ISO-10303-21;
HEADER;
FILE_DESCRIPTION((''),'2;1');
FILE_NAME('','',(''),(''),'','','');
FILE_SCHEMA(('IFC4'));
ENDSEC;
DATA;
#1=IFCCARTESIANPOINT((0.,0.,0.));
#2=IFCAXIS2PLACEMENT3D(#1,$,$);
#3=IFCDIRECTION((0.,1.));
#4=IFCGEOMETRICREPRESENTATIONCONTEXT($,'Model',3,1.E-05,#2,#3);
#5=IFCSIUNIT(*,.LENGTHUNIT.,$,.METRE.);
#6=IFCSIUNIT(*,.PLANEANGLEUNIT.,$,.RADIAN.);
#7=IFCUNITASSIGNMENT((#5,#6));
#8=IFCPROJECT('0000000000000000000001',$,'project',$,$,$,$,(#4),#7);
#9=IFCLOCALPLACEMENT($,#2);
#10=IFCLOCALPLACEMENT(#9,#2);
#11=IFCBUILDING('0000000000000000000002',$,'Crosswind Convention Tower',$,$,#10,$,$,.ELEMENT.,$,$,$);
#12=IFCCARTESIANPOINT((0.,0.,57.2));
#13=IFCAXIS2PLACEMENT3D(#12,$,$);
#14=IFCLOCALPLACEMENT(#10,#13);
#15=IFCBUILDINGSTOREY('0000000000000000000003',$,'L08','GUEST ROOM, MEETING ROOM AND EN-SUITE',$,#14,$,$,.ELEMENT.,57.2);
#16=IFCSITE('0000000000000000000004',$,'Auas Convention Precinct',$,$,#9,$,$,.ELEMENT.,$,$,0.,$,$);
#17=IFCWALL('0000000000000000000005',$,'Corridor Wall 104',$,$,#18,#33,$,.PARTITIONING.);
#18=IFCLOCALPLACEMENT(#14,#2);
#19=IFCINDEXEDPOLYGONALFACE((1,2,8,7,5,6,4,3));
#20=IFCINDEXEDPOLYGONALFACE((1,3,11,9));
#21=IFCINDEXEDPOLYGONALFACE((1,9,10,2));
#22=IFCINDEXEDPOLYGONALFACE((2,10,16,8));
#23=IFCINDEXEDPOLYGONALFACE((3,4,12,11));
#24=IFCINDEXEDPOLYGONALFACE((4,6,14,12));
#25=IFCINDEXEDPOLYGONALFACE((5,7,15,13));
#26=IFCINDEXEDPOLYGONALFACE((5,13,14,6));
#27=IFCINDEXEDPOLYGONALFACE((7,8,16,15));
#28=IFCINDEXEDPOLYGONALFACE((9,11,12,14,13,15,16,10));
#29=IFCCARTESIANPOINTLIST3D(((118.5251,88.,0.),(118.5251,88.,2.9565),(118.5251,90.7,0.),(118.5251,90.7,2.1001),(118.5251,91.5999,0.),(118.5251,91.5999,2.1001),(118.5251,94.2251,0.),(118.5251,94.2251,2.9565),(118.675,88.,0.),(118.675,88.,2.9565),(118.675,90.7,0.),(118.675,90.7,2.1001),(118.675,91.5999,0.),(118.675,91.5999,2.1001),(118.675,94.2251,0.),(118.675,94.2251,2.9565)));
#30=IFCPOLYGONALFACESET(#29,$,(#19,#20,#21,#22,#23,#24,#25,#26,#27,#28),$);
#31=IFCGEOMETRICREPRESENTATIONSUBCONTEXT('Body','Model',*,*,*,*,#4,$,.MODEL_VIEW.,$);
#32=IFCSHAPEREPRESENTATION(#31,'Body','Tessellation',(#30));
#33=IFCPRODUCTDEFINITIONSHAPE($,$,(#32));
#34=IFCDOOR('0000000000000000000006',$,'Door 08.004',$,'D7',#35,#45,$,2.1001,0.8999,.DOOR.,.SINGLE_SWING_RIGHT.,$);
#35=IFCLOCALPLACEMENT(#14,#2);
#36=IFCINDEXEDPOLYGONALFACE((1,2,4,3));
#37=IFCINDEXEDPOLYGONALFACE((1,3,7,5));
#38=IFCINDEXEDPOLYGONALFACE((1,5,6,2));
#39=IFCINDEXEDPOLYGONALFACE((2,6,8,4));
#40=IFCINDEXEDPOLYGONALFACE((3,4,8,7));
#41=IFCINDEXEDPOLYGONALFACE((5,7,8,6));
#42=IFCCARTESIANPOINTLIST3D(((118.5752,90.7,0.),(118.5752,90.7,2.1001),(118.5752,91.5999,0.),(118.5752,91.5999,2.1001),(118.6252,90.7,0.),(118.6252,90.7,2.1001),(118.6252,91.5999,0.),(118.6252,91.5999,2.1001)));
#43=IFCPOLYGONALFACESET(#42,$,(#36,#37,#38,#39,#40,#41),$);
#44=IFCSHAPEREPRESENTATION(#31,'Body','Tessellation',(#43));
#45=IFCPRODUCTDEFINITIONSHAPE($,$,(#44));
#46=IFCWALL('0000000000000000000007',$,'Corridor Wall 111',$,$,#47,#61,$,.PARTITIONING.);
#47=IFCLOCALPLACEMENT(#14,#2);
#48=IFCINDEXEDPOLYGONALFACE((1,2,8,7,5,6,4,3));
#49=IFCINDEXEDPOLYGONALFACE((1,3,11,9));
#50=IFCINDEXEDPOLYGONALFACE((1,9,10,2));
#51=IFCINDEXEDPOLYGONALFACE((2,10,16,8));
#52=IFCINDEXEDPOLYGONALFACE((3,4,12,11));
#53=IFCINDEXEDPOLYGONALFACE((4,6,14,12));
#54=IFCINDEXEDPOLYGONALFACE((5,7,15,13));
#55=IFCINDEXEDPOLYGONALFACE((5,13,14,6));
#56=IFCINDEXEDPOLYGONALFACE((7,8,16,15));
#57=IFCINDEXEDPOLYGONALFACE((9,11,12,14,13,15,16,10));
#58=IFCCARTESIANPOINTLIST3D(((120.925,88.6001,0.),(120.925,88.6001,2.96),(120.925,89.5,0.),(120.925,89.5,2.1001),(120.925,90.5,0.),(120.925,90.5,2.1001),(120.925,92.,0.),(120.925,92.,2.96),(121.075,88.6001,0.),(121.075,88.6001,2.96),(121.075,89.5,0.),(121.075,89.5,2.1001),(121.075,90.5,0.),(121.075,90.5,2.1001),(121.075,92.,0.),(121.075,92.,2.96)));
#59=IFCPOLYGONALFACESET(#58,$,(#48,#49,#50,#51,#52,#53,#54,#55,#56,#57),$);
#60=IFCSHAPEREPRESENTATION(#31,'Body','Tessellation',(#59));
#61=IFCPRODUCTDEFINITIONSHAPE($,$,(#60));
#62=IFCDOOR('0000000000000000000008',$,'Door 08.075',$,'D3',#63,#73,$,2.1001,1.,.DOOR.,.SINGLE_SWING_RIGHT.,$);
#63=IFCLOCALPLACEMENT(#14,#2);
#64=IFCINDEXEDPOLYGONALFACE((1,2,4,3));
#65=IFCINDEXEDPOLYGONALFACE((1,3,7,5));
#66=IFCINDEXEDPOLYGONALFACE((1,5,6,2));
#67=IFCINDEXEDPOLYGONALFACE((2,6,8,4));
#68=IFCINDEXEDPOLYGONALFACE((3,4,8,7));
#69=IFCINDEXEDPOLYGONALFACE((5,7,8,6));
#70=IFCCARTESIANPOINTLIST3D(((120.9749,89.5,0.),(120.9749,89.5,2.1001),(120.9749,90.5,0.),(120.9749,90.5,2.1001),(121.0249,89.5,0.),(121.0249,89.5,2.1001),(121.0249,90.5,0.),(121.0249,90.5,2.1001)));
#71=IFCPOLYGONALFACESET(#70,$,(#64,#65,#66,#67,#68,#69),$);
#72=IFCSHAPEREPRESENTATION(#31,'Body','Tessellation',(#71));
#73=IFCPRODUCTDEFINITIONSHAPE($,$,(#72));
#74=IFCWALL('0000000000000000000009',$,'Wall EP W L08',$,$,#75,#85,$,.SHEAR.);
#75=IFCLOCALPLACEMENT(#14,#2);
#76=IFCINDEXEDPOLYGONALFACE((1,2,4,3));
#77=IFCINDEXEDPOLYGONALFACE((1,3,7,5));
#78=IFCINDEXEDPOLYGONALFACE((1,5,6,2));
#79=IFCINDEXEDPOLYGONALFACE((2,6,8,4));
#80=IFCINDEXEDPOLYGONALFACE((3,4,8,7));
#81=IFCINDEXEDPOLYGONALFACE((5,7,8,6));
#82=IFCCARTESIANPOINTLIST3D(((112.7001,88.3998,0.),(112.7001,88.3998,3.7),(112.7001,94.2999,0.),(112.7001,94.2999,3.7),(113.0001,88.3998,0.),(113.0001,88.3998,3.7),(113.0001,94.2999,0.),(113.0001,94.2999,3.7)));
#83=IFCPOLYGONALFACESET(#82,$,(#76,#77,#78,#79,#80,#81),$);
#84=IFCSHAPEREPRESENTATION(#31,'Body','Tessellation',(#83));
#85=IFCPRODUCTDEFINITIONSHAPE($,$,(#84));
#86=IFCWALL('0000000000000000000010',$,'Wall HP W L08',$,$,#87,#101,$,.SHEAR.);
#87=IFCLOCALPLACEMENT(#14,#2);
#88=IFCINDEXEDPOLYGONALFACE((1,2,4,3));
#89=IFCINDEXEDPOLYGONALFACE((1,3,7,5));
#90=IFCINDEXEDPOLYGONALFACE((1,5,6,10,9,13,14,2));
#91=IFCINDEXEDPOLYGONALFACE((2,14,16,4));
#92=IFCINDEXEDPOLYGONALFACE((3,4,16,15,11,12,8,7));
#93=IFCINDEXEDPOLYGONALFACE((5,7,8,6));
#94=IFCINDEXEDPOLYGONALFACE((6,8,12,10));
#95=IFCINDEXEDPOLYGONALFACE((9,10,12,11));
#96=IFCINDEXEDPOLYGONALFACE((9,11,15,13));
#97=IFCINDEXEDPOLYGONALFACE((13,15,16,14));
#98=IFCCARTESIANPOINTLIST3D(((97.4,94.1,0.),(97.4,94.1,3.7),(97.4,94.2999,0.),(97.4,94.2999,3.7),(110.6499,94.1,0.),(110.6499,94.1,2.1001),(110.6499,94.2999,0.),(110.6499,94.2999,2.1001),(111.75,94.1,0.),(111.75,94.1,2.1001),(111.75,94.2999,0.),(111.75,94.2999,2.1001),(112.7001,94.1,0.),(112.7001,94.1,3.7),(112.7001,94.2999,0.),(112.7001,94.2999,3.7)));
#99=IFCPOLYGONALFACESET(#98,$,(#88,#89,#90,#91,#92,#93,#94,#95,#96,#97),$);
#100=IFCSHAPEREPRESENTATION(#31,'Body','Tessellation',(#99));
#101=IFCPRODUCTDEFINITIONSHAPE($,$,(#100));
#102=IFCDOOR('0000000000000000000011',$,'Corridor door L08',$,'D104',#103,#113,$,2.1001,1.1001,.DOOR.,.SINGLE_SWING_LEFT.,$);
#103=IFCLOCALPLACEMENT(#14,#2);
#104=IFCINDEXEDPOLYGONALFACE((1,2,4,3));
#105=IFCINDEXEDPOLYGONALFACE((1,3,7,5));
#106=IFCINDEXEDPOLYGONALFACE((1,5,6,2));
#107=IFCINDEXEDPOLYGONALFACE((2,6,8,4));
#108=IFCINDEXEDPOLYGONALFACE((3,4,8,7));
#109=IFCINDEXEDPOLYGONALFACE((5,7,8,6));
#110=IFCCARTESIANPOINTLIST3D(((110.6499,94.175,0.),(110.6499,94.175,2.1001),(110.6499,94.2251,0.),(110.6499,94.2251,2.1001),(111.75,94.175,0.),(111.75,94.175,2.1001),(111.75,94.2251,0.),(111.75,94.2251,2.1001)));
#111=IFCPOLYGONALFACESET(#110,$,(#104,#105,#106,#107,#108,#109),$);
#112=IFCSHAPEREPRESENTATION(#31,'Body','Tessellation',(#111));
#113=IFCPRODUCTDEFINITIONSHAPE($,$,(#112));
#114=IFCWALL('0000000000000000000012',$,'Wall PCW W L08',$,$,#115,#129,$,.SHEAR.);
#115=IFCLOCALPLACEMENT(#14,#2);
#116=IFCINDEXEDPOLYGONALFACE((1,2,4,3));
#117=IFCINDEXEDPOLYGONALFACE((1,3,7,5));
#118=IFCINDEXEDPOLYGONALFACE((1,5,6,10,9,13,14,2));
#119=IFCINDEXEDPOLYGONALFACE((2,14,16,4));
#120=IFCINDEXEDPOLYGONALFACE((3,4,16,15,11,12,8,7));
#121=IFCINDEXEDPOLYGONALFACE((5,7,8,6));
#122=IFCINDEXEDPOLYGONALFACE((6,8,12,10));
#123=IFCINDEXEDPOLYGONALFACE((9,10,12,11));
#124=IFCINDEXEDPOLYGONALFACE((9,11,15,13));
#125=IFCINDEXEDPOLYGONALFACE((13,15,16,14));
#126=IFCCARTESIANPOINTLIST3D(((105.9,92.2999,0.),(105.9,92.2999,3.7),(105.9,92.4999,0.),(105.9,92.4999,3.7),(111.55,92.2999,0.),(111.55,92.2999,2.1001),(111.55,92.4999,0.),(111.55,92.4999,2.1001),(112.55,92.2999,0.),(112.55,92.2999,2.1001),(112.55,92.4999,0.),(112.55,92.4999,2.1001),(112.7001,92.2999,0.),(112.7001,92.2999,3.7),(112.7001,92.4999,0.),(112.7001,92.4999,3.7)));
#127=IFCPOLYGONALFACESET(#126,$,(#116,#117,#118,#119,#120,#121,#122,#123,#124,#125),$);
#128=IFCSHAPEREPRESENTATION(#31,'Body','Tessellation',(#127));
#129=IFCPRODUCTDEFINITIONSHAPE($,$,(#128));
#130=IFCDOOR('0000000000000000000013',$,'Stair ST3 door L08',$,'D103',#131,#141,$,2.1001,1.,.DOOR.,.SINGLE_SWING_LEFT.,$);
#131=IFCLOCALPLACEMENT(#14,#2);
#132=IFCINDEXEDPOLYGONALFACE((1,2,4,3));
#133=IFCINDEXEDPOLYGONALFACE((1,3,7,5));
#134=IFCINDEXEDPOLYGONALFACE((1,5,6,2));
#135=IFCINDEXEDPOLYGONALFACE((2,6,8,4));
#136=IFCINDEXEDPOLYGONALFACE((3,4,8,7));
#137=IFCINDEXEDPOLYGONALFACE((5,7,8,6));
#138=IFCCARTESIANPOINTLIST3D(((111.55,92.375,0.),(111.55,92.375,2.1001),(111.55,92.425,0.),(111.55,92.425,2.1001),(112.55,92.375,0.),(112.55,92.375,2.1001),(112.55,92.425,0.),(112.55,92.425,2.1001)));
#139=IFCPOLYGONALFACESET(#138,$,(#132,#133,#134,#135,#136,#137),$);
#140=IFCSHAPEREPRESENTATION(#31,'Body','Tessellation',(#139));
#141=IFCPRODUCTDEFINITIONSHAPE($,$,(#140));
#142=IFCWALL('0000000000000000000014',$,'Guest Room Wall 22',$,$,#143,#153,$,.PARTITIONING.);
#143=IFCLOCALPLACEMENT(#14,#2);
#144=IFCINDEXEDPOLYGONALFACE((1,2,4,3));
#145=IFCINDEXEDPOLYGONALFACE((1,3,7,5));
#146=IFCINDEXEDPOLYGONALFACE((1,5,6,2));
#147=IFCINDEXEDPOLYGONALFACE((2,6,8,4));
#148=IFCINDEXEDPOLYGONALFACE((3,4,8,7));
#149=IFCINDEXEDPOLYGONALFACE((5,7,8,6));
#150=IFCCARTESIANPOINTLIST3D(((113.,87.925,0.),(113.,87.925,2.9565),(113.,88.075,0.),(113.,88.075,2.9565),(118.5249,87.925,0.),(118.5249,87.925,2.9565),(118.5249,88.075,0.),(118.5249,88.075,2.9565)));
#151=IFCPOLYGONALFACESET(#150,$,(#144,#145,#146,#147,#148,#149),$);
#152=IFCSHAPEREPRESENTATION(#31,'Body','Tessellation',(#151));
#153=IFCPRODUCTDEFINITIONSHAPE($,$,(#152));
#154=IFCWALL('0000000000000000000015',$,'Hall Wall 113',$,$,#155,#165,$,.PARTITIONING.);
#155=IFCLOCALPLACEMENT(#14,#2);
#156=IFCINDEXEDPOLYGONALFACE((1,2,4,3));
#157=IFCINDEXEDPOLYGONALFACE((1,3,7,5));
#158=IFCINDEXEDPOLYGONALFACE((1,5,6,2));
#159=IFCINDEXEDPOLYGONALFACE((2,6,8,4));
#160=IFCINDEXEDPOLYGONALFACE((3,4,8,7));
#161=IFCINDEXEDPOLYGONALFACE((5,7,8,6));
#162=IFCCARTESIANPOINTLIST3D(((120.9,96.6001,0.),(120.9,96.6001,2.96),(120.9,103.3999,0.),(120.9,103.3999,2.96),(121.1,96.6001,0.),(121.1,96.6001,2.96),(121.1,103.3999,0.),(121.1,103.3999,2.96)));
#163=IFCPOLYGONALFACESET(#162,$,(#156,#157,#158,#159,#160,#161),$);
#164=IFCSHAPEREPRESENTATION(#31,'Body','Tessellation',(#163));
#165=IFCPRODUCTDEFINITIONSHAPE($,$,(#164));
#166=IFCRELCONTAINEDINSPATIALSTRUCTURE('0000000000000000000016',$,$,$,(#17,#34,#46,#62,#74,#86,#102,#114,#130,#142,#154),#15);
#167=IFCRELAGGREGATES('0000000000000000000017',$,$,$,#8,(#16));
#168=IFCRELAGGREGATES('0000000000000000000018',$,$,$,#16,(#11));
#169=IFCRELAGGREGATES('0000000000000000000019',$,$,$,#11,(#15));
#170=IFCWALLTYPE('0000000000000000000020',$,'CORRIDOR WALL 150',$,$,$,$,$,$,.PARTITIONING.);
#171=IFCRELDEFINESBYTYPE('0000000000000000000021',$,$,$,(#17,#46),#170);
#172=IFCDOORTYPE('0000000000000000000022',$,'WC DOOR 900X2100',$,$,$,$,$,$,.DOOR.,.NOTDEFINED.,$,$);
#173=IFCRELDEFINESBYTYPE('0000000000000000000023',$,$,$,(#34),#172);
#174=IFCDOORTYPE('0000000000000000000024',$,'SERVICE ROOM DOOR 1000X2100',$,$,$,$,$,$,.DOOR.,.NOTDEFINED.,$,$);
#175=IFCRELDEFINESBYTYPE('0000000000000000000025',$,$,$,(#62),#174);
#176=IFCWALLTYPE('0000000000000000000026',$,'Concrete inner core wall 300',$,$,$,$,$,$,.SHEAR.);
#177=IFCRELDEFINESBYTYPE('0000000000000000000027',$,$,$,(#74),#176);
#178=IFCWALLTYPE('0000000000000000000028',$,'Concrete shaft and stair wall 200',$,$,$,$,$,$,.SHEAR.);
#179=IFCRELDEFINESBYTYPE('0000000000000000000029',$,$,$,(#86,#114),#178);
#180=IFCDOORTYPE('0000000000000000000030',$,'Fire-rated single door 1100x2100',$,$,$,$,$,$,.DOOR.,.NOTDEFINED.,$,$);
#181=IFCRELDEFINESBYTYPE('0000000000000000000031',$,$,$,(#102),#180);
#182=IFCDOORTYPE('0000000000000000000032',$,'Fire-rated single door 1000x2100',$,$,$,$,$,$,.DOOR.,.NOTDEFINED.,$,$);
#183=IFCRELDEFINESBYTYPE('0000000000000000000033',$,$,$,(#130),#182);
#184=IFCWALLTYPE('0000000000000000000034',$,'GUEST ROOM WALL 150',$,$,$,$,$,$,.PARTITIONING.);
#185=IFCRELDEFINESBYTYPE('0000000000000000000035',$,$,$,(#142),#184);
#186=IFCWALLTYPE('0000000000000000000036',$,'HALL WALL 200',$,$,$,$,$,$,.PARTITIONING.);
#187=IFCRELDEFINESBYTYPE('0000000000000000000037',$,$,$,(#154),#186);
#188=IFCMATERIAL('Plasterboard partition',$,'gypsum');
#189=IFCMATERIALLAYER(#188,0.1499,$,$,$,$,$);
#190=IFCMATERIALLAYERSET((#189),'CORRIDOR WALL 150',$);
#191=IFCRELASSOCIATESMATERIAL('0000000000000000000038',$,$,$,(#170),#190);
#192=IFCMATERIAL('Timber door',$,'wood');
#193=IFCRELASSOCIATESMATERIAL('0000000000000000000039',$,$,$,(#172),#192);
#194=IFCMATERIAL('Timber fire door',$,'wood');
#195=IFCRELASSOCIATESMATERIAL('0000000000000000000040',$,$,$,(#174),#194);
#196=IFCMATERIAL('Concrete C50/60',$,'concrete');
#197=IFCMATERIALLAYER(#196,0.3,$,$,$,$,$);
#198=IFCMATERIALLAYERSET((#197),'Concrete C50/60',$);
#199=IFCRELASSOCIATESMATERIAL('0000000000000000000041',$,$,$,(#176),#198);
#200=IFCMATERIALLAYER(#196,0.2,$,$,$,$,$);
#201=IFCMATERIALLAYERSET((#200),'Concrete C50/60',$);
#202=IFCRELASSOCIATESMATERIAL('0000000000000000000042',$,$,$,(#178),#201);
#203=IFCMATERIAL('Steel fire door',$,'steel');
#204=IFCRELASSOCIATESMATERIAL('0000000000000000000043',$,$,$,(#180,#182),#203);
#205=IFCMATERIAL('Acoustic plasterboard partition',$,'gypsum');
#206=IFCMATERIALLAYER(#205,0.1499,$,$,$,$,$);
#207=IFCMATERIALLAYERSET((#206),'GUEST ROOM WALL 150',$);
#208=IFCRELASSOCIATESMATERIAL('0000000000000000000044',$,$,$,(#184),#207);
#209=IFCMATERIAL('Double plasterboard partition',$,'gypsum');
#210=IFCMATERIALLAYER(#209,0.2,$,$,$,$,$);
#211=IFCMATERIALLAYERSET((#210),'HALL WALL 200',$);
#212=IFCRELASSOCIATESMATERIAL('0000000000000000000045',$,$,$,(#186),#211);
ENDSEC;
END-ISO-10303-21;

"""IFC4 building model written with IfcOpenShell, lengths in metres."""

from ifc_helpers import new_model, si_unit, direction, frame, frame_2d, origin, place, context, subcontext, project, spatial, rectangle, extrude, material, layer, layer_set, type_object, element, fill, save


model = new_model("IFC4")

# Units and contexts
model_context = context("Model", 3, precision=1e-05, world=origin(), true_north=direction((0.0, 1.0)))
body_context = subcontext(model_context, "Body", "Model", "MODEL_VIEW")
ifc_project = project(units=[si_unit("LENGTHUNIT", "METRE"), si_unit("PLANEANGLEUNIT", "RADIAN")], contexts=[model_context])

# Site, building, storey
site_placement = place(None, origin())
site = spatial("IfcSite", under=ifc_project, at=site_placement, Name="Auas Convention Precinct", CompositionType="ELEMENT", RefElevation=0.0)
building_placement = place(site_placement, origin())
building = spatial("IfcBuilding", under=site, at=building_placement, Name="Crosswind Convention Tower", CompositionType="ELEMENT")
storey_placement = place(building_placement, frame((0.0, 0.0, 57.2)))
storey = spatial("IfcBuildingStorey", under=building, at=storey_placement, Name="L08", Description="GUEST ROOM, MEETING ROOM AND EN-SUITE", CompositionType="ELEMENT", Elevation=57.2)

# Shared definitions
ifc_material_1 = material(Name="Steel fire door", Category="steel")

# Shared definitions
ifc_material_2 = material(Name="Plasterboard partition", Category="gypsum")
ifc_layer_1 = layer(ifc_material_2, 0.1499)
ifc_layer_set_1 = layer_set([ifc_layer_1], Name="CORRIDOR WALL 150")
wall_type_1 = type_object("IfcWallType", Name="CORRIDOR WALL 150", PredefinedType="PARTITIONING", material=ifc_layer_set_1)

# Walls, openings, doors
wall_1_placement = place(storey_placement, frame((118.6001, 88.0, 0.0), z_axis=(0.0, 0.0, 1.0), x_axis=(0.0, 1.0, 0.0)))
wall_1 = element("IfcWall", 1, at=wall_1_placement, inside=storey, type_object=wall_type_1, Name="Corridor Wall 104", PredefinedType="PARTITIONING", context=body_context, shape_type="SweptSolid", body=[
    extrude(rectangle(XDim=6.2251, YDim=0.1499, at=frame_2d((3.1125, 0.0))), origin(), (0.0, 0.0, 1.0), 2.9565),
])
opening_1_placement = place(wall_1_placement, frame((2.7, 0.0, 0.0)))
opening_1 = element("IfcOpeningElement", 2, at=opening_1_placement, cuts=wall_1, PredefinedType="OPENING", context=body_context, shape_type="SweptSolid", body=[
    extrude(rectangle(XDim=0.8999, YDim=2.1001, at=frame_2d((0.45, 1.05))), frame((0.0, 0.085, 0.0), z_axis=(0.0, -1.0, 0.0), x_axis=(1.0, 0.0, 0.0)), (0.0, 0.0, 1.0), 0.1699),
])
ifc_material_3 = material(Name="Timber door", Category="wood")
door_type_1 = type_object("IfcDoorType", Name="WC DOOR 900X2100", OperationType="NOTDEFINED", PredefinedType="DOOR", material=ifc_material_3)
door_1_placement = place(opening_1_placement, origin())
door_1 = element("IfcDoor", 3, at=door_1_placement, inside=storey, type_object=door_type_1, Name="Door 08.004", ObjectType="D7", OperationType="SINGLE_SWING_RIGHT", OverallHeight=2.1001, OverallWidth=0.8999, PredefinedType="DOOR", context=body_context, shape_type="SweptSolid", body=[
    extrude(rectangle(XDim=0.8999, YDim=2.1001, at=frame_2d((0.45, 1.05))), frame((0.0, 0.0249, 0.0), z_axis=(0.0, -1.0, 0.0), x_axis=(1.0, 0.0, 0.0)), (0.0, 0.0, 1.0), 0.05),
])
fill(opening_1, door_1)
wall_2_placement = place(storey_placement, frame((121.0, 88.6001, 0.0), z_axis=(0.0, 0.0, 1.0), x_axis=(0.0, 1.0, 0.0)))
wall_2 = element("IfcWall", 4, at=wall_2_placement, inside=storey, type_object=wall_type_1, Name="Corridor Wall 111", PredefinedType="PARTITIONING", context=body_context, shape_type="SweptSolid", body=[
    extrude(rectangle(XDim=3.3999, YDim=0.1499, at=frame_2d((1.7, 0.0))), origin(), (0.0, 0.0, 1.0), 2.96),
])
opening_2_placement = place(wall_2_placement, frame((0.8999, 0.0, 0.0)))
opening_2 = element("IfcOpeningElement", 5, at=opening_2_placement, cuts=wall_2, PredefinedType="OPENING", context=body_context, shape_type="SweptSolid", body=[
    extrude(rectangle(XDim=1.0, YDim=2.1001, at=frame_2d((0.5, 1.05))), frame((0.0, 0.085, 0.0), z_axis=(0.0, -1.0, 0.0), x_axis=(1.0, 0.0, 0.0)), (0.0, 0.0, 1.0), 0.1699),
])
ifc_material_4 = material(Name="Timber fire door", Category="wood")
door_type_2 = type_object("IfcDoorType", Name="SERVICE ROOM DOOR 1000X2100", OperationType="NOTDEFINED", PredefinedType="DOOR", material=ifc_material_4)
door_2_placement = place(opening_2_placement, frame((1.0, 0.0, 0.0), z_axis=(0.0, 0.0, 1.0), x_axis=(-1.0, 0.0, 0.0)))
door_2 = element("IfcDoor", 6, at=door_2_placement, inside=storey, type_object=door_type_2, Name="Door 08.075", ObjectType="D3", OperationType="SINGLE_SWING_RIGHT", OverallHeight=2.1001, OverallWidth=1.0, PredefinedType="DOOR", context=body_context, shape_type="SweptSolid", body=[
    extrude(rectangle(XDim=1.0, YDim=2.1001, at=frame_2d((0.5, 1.05))), frame((0.0, 0.0249, 0.0), z_axis=(0.0, -1.0, 0.0), x_axis=(1.0, 0.0, 0.0)), (0.0, 0.0, 1.0), 0.05),
])
fill(opening_2, door_2)

# Wall
ifc_material_5 = material(Name="Concrete C50/60", Category="concrete")
ifc_layer_2 = layer(ifc_material_5, 0.3)
ifc_layer_set_2 = layer_set([ifc_layer_2], Name="Concrete C50/60")
wall_type_2 = type_object("IfcWallType", Name="Concrete inner core wall 300", PredefinedType="SHEAR", material=ifc_layer_set_2)
wall_3_placement = place(storey_placement, frame((112.8501, 94.3, 0.0), z_axis=(0.0, 0.0, 1.0), x_axis=(0.0, -1.0, 0.0)))
element("IfcWall", 7, at=wall_3_placement, inside=storey, type_object=wall_type_2, Name="Wall EP W L08", PredefinedType="SHEAR", context=body_context, shape_type="SweptSolid", body=[
    extrude(rectangle(XDim=5.9001, YDim=0.3, at=frame_2d((2.9502, 0.0))), origin(), (0.0, 0.0, 1.0), 3.7),
])

# Walls, openings, doors
ifc_layer_3 = layer(ifc_material_5, 0.2)
ifc_layer_set_3 = layer_set([ifc_layer_3], Name="Concrete C50/60")
wall_type_3 = type_object("IfcWallType", Name="Concrete shaft and stair wall 200", PredefinedType="SHEAR", material=ifc_layer_set_3)
wall_4_placement = place(storey_placement, frame((112.7, 94.2, 0.0), z_axis=(0.0, 0.0, 1.0), x_axis=(-1.0, 0.0, 0.0)))
wall_4 = element("IfcWall", 8, at=wall_4_placement, inside=storey, type_object=wall_type_3, Name="Wall HP W L08", PredefinedType="SHEAR", context=body_context, shape_type="SweptSolid", body=[
    extrude(rectangle(XDim=15.3, YDim=0.2, at=frame_2d((7.6499, 0.0))), origin(), (0.0, 0.0, 1.0), 3.7),
])
opening_3_placement = place(wall_4_placement, frame((0.95, 0.0, 0.0)))
opening_3 = element("IfcOpeningElement", 9, at=opening_3_placement, cuts=wall_4, PredefinedType="OPENING", context=body_context, shape_type="SweptSolid", body=[
    extrude(rectangle(XDim=1.1001, YDim=2.1001, at=frame_2d((0.55, 1.05))), frame((0.0, 0.1099, 0.0), z_axis=(0.0, -1.0, 0.0), x_axis=(1.0, 0.0, 0.0)), (0.0, 0.0, 1.0), 0.22),
])
door_type_3 = type_object("IfcDoorType", Name="Fire-rated single door 1100x2100", OperationType="NOTDEFINED", PredefinedType="DOOR", material=ifc_material_1)
door_3_placement = place(opening_3_placement, origin())
door_3 = element("IfcDoor", 10, at=door_3_placement, inside=storey, type_object=door_type_3, Name="Corridor door L08", ObjectType="D104", OperationType="SINGLE_SWING_LEFT", OverallHeight=2.1001, OverallWidth=1.1001, PredefinedType="DOOR", context=body_context, shape_type="SweptSolid", body=[
    extrude(rectangle(XDim=1.1001, YDim=2.1001, at=frame_2d((0.55, 1.05))), frame((0.0, 0.0249, 0.0), z_axis=(0.0, -1.0, 0.0), x_axis=(1.0, 0.0, 0.0)), (0.0, 0.0, 1.0), 0.05),
])
fill(opening_3, door_3)
wall_5_placement = place(storey_placement, frame((112.7, 92.3999, 0.0), z_axis=(0.0, 0.0, 1.0), x_axis=(-1.0, 0.0, 0.0)))
wall_5 = element("IfcWall", 11, at=wall_5_placement, inside=storey, type_object=wall_type_3, Name="Wall PCW W L08", PredefinedType="SHEAR", context=body_context, shape_type="SweptSolid", body=[
    extrude(rectangle(XDim=6.8, YDim=0.2, at=frame_2d((3.3999, 0.0))), origin(), (0.0, 0.0, 1.0), 3.7),
])
opening_4_placement = place(wall_5_placement, frame((0.1499, 0.0, 0.0)))
opening_4 = element("IfcOpeningElement", 12, at=opening_4_placement, cuts=wall_5, PredefinedType="OPENING", context=body_context, shape_type="SweptSolid", body=[
    extrude(rectangle(XDim=1.0, YDim=2.1001, at=frame_2d((0.5, 1.05))), frame((0.0, 0.1099, 0.0), z_axis=(0.0, -1.0, 0.0), x_axis=(1.0, 0.0, 0.0)), (0.0, 0.0, 1.0), 0.22),
])
door_type_4 = type_object("IfcDoorType", Name="Fire-rated single door 1000x2100", OperationType="NOTDEFINED", PredefinedType="DOOR", material=ifc_material_1)
door_4_placement = place(opening_4_placement, origin())
door_4 = element("IfcDoor", 13, at=door_4_placement, inside=storey, type_object=door_type_4, Name="Stair ST3 door L08", ObjectType="D103", OperationType="SINGLE_SWING_LEFT", OverallHeight=2.1001, OverallWidth=1.0, PredefinedType="DOOR", context=body_context, shape_type="SweptSolid", body=[
    extrude(rectangle(XDim=1.0, YDim=2.1001, at=frame_2d((0.5, 1.05))), frame((0.0, 0.0249, 0.0), z_axis=(0.0, -1.0, 0.0), x_axis=(1.0, 0.0, 0.0)), (0.0, 0.0, 1.0), 0.05),
])
fill(opening_4, door_4)

# Walls
ifc_material_6 = material(Name="Acoustic plasterboard partition", Category="gypsum")
ifc_layer_4 = layer(ifc_material_6, 0.1499)
ifc_layer_set_4 = layer_set([ifc_layer_4], Name="GUEST ROOM WALL 150")
wall_type_4 = type_object("IfcWallType", Name="GUEST ROOM WALL 150", PredefinedType="PARTITIONING", material=ifc_layer_set_4)
wall_6_placement = place(storey_placement, frame((113.0, 88.0, 0.0), z_axis=(0.0, 0.0, 1.0), x_axis=(1.0, 0.0, 0.0)))
element("IfcWall", 14, at=wall_6_placement, inside=storey, type_object=wall_type_4, Name="Guest Room Wall 22", PredefinedType="PARTITIONING", context=body_context, shape_type="SweptSolid", body=[
    extrude(rectangle(XDim=5.5249, YDim=0.1499, at=frame_2d((2.7625, 0.0))), origin(), (0.0, 0.0, 1.0), 2.9565),
])
ifc_material_7 = material(Name="Double plasterboard partition", Category="gypsum")
ifc_layer_5 = layer(ifc_material_7, 0.2)
ifc_layer_set_5 = layer_set([ifc_layer_5], Name="HALL WALL 200")
wall_type_5 = type_object("IfcWallType", Name="HALL WALL 200", PredefinedType="PARTITIONING", material=ifc_layer_set_5)
wall_7_placement = place(storey_placement, frame((121.0, 96.6001, 0.0), z_axis=(0.0, 0.0, 1.0), x_axis=(0.0, 1.0, 0.0)))
element("IfcWall", 15, at=wall_7_placement, inside=storey, type_object=wall_type_5, Name="Hall Wall 113", PredefinedType="PARTITIONING", context=body_context, shape_type="SweptSolid", body=[
    extrude(rectangle(XDim=6.7998, YDim=0.2, at=frame_2d((3.3999, 0.0))), origin(), (0.0, 0.0, 1.0), 2.96),
])

save(model, "model.ifc")
